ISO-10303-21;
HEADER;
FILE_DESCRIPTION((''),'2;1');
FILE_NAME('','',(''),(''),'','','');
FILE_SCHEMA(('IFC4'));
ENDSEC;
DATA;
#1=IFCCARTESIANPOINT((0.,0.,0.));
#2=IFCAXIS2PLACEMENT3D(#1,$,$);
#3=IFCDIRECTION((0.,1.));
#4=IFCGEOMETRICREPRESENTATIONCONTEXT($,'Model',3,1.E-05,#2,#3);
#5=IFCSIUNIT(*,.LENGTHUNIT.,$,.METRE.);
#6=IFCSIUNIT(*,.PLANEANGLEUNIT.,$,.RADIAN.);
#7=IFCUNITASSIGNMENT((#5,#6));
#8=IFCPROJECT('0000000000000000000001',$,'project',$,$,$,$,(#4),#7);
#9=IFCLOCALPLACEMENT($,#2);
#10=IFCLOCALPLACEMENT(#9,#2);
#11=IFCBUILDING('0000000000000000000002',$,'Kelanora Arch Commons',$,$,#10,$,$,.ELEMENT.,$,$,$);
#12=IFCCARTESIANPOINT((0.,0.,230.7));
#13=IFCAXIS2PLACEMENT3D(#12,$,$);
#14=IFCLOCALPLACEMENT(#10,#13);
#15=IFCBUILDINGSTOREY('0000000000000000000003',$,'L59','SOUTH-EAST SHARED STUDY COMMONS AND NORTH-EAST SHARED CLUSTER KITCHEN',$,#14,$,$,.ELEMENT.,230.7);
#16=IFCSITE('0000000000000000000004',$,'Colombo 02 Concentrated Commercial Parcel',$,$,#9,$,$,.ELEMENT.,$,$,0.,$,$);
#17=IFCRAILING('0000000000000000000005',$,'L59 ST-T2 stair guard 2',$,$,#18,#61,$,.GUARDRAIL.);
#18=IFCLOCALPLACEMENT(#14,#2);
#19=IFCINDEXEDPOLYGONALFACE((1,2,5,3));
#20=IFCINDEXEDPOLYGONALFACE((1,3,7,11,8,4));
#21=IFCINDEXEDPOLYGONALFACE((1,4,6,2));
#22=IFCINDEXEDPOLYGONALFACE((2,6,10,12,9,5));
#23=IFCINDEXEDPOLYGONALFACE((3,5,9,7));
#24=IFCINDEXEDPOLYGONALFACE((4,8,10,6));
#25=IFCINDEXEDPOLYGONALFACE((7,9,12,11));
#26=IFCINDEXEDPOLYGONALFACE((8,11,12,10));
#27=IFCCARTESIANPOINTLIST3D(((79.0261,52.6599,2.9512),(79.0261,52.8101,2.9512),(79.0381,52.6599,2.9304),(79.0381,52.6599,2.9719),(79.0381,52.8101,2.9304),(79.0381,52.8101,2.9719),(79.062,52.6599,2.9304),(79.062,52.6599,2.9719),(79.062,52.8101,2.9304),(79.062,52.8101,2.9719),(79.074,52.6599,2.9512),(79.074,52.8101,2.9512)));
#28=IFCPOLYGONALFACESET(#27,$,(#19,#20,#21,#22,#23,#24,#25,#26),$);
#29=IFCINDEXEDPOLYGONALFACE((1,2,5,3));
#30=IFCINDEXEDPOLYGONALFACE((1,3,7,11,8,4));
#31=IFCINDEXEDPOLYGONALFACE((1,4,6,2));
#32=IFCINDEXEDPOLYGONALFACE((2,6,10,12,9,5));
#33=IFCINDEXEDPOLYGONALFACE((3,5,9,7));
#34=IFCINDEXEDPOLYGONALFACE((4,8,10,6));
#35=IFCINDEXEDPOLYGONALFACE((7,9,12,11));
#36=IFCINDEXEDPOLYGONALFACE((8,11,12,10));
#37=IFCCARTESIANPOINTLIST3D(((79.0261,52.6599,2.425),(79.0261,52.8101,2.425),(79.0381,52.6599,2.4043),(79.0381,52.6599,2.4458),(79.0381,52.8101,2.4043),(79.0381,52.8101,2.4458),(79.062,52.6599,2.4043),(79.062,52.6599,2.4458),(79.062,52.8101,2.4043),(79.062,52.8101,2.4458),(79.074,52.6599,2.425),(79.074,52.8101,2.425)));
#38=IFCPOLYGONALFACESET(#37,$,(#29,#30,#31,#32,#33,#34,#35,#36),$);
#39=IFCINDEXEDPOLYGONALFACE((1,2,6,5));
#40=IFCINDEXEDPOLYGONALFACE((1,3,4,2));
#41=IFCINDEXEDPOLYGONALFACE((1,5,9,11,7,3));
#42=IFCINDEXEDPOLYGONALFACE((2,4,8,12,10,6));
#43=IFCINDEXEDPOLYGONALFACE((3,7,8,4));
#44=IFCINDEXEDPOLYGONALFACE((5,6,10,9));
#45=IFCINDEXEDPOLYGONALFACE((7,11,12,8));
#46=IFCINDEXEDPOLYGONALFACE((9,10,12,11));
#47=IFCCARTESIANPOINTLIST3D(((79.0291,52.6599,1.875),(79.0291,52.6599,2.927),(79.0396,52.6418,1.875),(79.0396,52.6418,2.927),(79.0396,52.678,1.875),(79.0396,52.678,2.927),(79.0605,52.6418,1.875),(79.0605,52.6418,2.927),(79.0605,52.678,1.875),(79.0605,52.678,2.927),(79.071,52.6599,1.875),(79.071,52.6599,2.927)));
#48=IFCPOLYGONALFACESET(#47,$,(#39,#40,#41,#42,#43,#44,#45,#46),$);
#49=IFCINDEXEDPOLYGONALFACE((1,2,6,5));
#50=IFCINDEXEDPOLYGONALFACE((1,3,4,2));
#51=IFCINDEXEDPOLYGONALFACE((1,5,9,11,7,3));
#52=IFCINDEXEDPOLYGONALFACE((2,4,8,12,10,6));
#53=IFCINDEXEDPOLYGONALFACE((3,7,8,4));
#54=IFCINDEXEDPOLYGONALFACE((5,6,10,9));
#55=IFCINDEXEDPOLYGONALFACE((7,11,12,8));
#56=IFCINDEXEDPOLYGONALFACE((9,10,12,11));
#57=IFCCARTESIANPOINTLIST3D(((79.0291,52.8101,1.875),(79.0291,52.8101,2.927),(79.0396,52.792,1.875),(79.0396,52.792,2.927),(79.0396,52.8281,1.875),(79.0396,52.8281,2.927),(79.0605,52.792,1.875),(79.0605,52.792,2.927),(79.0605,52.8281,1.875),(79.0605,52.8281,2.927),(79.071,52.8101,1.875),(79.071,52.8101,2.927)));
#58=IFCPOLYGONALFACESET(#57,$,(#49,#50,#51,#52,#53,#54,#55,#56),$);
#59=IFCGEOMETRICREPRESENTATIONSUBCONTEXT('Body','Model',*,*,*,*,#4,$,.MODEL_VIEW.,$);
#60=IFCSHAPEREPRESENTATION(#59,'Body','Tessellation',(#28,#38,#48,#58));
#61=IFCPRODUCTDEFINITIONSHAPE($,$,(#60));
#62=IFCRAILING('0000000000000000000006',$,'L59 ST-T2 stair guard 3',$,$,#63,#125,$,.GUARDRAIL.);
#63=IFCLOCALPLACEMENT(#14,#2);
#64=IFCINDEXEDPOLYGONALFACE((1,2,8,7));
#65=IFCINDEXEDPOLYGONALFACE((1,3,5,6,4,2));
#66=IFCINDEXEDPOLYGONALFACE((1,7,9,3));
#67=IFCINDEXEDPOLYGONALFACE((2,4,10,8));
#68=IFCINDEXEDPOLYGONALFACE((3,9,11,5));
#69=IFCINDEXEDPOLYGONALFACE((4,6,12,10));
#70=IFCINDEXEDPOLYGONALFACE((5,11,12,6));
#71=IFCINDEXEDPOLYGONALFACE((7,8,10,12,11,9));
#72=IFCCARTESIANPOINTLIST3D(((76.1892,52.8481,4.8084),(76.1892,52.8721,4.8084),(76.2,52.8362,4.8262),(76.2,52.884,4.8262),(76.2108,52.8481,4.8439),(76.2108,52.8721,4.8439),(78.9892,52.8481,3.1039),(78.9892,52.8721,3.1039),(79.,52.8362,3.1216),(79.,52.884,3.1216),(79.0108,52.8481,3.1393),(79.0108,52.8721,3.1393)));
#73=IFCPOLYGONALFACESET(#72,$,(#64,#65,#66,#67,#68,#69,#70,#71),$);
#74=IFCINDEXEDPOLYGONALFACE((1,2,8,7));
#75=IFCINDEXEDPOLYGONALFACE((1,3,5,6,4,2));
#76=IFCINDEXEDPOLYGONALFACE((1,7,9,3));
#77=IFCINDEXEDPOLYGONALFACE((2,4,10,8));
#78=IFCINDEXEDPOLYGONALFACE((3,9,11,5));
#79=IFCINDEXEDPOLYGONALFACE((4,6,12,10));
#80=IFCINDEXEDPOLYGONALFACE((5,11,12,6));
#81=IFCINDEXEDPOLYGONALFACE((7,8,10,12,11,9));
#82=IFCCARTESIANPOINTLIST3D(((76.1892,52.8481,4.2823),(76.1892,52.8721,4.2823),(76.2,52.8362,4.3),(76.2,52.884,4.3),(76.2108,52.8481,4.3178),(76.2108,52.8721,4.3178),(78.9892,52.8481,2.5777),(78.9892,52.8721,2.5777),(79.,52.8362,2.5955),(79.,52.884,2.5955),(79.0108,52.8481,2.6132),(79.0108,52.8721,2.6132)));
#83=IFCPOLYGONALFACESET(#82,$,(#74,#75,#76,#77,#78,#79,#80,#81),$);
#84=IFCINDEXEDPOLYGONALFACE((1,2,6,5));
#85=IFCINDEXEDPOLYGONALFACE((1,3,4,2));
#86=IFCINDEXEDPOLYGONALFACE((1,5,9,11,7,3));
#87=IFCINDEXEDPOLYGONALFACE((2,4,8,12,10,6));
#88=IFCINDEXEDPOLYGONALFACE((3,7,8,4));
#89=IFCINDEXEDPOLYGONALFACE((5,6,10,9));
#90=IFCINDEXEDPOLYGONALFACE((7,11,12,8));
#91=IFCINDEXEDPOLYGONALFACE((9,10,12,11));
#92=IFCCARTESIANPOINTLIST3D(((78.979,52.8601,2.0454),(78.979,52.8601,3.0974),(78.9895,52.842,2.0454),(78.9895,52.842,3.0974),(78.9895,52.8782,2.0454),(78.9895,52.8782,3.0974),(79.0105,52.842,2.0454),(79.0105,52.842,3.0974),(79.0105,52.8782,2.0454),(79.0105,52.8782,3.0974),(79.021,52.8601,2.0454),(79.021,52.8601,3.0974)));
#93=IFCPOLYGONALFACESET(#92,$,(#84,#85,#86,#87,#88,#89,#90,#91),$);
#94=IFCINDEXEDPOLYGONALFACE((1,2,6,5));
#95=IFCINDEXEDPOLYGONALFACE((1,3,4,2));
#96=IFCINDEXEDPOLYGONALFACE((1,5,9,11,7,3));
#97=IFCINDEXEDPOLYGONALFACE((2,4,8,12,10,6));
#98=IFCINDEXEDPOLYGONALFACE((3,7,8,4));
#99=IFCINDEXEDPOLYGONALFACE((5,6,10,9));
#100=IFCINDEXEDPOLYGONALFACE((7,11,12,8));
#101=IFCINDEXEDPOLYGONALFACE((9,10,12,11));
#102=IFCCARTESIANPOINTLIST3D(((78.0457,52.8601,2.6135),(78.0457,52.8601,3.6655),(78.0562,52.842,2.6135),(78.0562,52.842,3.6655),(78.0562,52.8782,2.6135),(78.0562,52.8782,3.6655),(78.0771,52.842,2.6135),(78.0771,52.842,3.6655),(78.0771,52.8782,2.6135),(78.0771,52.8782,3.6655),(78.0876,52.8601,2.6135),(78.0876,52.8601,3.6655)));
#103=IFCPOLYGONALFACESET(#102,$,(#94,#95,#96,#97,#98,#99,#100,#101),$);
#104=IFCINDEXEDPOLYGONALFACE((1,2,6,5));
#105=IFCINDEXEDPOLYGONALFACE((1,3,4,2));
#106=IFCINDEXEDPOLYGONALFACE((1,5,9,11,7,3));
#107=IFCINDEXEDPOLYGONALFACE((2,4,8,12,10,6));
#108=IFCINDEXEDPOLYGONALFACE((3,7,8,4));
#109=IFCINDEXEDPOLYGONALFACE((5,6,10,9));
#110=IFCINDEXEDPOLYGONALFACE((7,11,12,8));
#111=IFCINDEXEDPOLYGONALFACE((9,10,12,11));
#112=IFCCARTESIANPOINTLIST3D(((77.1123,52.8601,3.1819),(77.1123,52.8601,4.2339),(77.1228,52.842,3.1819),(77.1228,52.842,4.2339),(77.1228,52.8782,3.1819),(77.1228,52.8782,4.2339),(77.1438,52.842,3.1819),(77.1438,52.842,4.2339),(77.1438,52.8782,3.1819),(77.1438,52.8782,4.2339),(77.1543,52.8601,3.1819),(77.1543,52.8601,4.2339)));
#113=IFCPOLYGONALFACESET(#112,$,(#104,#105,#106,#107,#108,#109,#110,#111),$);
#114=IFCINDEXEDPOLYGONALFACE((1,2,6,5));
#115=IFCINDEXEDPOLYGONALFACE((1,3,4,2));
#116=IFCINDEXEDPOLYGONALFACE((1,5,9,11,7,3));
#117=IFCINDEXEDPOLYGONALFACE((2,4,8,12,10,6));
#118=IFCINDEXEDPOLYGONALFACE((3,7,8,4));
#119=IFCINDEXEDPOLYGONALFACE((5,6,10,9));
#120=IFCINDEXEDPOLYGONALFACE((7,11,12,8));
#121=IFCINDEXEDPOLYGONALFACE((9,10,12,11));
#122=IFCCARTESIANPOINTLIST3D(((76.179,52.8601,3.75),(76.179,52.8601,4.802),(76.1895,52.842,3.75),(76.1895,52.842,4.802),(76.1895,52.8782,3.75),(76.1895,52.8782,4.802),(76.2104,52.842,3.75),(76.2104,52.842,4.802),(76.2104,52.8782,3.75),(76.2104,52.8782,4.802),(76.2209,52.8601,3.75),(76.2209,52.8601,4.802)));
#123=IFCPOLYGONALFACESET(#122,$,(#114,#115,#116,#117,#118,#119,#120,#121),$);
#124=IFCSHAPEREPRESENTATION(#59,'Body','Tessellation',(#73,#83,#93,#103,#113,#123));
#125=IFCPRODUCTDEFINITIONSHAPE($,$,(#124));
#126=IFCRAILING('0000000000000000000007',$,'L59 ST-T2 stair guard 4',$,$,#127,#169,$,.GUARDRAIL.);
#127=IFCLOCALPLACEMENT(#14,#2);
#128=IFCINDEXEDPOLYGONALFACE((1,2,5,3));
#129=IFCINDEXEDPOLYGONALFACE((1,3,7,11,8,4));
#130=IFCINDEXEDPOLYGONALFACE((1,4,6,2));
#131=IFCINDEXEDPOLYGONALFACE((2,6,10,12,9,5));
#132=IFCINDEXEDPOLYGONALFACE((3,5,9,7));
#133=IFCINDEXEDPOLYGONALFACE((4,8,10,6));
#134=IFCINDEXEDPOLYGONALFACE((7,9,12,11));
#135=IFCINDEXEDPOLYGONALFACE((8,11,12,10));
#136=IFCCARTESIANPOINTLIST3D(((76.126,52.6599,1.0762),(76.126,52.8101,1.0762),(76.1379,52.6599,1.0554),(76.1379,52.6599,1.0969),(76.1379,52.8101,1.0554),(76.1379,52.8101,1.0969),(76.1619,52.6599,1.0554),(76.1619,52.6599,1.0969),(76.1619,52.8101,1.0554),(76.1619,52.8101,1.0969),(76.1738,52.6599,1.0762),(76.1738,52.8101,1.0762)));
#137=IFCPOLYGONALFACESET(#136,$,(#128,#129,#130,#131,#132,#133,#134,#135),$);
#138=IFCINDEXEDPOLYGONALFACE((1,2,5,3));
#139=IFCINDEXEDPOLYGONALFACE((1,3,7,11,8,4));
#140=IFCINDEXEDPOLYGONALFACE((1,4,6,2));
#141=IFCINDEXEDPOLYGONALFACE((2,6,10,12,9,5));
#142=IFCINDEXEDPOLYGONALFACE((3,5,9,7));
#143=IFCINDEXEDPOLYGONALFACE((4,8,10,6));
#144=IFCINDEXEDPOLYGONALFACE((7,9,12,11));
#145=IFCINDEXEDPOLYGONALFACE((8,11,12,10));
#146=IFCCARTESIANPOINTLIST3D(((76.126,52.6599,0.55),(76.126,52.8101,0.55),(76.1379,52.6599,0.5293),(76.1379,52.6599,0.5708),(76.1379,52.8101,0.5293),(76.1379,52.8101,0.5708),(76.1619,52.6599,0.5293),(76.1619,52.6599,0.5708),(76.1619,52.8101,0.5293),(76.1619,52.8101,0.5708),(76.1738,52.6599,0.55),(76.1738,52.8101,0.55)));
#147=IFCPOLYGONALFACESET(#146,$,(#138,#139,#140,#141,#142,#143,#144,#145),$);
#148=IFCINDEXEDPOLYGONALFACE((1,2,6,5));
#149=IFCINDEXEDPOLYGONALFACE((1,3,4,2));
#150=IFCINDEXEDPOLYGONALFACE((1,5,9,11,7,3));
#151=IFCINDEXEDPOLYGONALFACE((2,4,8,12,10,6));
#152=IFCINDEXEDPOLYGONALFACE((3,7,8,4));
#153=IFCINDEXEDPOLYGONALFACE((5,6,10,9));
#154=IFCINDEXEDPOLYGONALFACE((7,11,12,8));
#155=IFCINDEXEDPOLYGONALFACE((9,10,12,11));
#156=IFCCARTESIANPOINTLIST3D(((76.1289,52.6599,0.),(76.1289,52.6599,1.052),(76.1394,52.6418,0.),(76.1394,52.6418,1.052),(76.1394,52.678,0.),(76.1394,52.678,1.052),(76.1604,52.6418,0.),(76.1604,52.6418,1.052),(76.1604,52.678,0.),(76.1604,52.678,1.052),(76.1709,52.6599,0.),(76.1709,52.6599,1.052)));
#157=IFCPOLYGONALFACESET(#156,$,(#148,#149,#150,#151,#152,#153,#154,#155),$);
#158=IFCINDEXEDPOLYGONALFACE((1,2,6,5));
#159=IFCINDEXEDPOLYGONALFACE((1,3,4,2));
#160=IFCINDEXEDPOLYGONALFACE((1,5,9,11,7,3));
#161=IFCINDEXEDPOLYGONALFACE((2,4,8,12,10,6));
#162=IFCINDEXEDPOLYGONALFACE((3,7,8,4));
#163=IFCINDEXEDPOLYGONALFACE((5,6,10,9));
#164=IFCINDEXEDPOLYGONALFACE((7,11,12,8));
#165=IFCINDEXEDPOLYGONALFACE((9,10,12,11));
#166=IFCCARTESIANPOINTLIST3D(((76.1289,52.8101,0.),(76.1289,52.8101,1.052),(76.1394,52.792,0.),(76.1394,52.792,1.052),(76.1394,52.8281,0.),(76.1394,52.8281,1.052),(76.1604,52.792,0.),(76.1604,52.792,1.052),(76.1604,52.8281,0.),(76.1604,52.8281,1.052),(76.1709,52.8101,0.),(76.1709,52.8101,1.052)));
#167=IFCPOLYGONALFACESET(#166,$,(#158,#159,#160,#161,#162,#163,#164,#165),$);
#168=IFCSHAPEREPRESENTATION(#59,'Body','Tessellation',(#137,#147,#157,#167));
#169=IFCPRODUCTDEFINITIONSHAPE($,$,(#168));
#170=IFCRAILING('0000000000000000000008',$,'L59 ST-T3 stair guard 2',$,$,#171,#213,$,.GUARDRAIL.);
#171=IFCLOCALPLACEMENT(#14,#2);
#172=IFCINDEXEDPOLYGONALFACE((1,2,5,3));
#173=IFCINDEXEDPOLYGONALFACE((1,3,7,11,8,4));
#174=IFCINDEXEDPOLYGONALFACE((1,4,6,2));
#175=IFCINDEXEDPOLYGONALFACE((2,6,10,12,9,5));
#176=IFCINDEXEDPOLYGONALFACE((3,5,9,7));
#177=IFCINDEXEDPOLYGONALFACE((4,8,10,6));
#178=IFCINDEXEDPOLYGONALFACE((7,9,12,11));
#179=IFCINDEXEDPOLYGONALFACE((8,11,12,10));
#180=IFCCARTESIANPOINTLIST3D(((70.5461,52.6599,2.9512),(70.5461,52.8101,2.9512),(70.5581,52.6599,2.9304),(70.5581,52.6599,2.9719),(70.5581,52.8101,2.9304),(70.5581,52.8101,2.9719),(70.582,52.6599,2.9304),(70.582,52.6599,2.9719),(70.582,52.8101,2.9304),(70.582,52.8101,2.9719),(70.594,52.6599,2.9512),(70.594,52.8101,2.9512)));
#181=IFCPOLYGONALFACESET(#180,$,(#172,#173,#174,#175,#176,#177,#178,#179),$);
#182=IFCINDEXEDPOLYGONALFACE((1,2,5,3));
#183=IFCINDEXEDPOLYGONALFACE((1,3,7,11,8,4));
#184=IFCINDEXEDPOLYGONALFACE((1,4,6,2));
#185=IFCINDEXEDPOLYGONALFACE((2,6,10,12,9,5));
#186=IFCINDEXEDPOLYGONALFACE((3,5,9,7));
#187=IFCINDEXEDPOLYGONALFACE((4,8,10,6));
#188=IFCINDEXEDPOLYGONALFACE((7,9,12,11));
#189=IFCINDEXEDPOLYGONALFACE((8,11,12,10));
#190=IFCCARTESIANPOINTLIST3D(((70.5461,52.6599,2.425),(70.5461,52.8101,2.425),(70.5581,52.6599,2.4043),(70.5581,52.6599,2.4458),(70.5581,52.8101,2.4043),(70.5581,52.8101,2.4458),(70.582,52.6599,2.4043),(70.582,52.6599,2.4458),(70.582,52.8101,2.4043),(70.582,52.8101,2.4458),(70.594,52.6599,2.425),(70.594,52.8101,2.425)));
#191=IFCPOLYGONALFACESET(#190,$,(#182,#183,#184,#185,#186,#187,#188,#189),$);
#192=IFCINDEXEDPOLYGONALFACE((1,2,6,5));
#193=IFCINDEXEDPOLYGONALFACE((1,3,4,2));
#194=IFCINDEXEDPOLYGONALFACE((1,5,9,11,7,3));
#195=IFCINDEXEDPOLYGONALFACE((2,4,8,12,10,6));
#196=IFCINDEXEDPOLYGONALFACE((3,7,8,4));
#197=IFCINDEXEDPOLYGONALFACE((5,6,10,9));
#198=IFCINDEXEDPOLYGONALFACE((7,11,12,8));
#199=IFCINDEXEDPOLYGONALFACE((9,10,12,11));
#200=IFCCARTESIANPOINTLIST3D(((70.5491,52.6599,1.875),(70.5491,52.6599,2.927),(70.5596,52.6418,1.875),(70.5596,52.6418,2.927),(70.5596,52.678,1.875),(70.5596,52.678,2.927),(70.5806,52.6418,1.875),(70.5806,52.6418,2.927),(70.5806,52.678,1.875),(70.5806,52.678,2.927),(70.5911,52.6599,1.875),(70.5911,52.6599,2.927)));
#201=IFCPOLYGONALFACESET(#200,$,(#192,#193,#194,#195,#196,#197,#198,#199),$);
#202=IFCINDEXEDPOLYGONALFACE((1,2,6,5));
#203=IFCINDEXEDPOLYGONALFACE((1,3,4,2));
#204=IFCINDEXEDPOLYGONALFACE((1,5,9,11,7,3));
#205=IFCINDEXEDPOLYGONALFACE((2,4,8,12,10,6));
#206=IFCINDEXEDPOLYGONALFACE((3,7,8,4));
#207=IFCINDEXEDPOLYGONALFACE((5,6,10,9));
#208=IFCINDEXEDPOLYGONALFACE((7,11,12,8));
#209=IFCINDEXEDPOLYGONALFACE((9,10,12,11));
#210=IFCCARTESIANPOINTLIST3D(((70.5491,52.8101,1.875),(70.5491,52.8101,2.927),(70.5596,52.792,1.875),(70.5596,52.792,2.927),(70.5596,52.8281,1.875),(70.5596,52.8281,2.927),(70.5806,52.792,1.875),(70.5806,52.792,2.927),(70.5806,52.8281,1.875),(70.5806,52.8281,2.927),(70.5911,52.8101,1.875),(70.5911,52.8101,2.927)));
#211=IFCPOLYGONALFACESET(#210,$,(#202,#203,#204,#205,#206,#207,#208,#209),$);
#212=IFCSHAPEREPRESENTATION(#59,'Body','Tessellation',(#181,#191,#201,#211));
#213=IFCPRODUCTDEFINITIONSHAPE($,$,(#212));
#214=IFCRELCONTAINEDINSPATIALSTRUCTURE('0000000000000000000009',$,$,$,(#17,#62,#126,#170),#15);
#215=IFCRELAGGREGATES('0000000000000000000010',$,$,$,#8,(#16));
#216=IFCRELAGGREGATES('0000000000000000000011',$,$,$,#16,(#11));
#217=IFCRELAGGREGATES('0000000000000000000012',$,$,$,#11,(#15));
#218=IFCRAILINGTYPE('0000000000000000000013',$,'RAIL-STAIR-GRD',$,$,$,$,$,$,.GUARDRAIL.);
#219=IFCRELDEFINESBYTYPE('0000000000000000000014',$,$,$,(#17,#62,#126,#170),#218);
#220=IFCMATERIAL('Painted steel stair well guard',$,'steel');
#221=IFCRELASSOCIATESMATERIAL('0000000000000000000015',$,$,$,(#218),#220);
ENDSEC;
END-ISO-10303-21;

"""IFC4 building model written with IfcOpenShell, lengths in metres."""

from ifc_helpers import new_model, si_unit, direction, frame, origin, place, context, subcontext, project, spatial, polyline, outline, extrude, material, type_object, element, save


model = new_model("IFC4")

# Units and contexts
model_context = context("Model", 3, precision=1e-05, world=origin(), true_north=direction((0.0, 1.0)))
body_context = subcontext(model_context, "Body", "Model", "MODEL_VIEW")
ifc_project = project(units=[si_unit("LENGTHUNIT", "METRE"), si_unit("PLANEANGLEUNIT", "RADIAN")], contexts=[model_context])

# Site, building, storey
site_placement = place(None, origin())
site = spatial("IfcSite", under=ifc_project, at=site_placement, Name="Colombo 02 Concentrated Commercial Parcel", CompositionType="ELEMENT", RefElevation=0.0)
building_placement = place(site_placement, origin())
building = spatial("IfcBuilding", under=site, at=building_placement, Name="Kelanora Arch Commons", CompositionType="ELEMENT")
storey_placement = place(building_placement, frame((0.0, 0.0, 230.7)))
storey = spatial("IfcBuildingStorey", under=building, at=storey_placement, Name="L59", Description="SOUTH-EAST SHARED STUDY COMMONS AND NORTH-EAST SHARED CLUSTER KITCHEN", CompositionType="ELEMENT", Elevation=230.7)

# Railings
ifc_material_1 = material(Name="Painted steel stair well guard", Category="steel")
railing_type_1 = type_object("IfcRailingType", Name="RAIL-STAIR-GRD", PredefinedType="GUARDRAIL", material=ifc_material_1)
railing_1_placement = place(storey_placement, frame((79.05, 52.6599, 1.875)))
element("IfcRailing", 1, at=railing_1_placement, inside=storey, type_object=railing_type_1, Name="L59 ST-T2 stair guard 2", PredefinedType="GUARDRAIL", context=body_context, shape_type="SweptSolid", body=[
    extrude(outline(polyline([(0.0239, 0.0), (0.012, 0.0208), (-0.012, 0.0208), (-0.0239, 0.0), (-0.012, -0.0208), (0.012, -0.0208), (0.0239, 0.0)])), frame((0.0, 0.0, 1.0762), z_axis=(0.0, 1.0, 0.0), x_axis=(-1.0, 0.0, 0.0)), (0.0, 0.0, 1.0), 0.1501),
    extrude(outline(polyline([(0.0239, 0.0), (0.012, 0.0208), (-0.012, 0.0208), (-0.0239, 0.0), (-0.012, -0.0208), (0.012, -0.0208), (0.0239, 0.0)])), frame((0.0, 0.0, 0.55), z_axis=(0.0, 1.0, 0.0), x_axis=(-1.0, 0.0, 0.0)), (0.0, 0.0, 1.0), 0.1501),
    extrude(outline(polyline([(0.021, 0.0), (0.0105, 0.0181), (-0.0105, 0.0181), (-0.021, 0.0), (-0.0105, -0.0181), (0.0105, -0.0181), (0.021, 0.0)])), origin(), (0.0, 0.0, 1.0), 1.052),
    extrude(outline(polyline([(0.021, 0.0), (0.0105, 0.0181), (-0.0105, 0.0181), (-0.021, 0.0), (-0.0105, -0.0181), (0.0105, -0.0181), (0.021, 0.0)])), frame((0.0, 0.1501, 0.0)), (0.0, 0.0, 1.0), 1.052),
])
railing_2_placement = place(storey_placement, frame((79.0, 52.8601, 2.0454)))
element("IfcRailing", 2, at=railing_2_placement, inside=storey, type_object=railing_type_1, Name="L59 ST-T2 stair guard 3", PredefinedType="GUARDRAIL", context=body_context, shape_type="SweptSolid", body=[
    extrude(outline(polyline([(0.0239, 0.0), (0.012, 0.0208), (-0.012, 0.0208), (-0.0239, 0.0), (-0.012, -0.0208), (0.012, -0.0208), (0.0239, 0.0)])), frame((0.0, 0.0, 1.0762), z_axis=(-0.85417, 0.0, 0.519994), x_axis=(0.0, -1.0, 0.0)), (0.0, 0.0, 1.0), 3.2781),
    extrude(outline(polyline([(0.0239, 0.0), (0.012, 0.0208), (-0.012, 0.0208), (-0.0239, 0.0), (-0.012, -0.0208), (0.012, -0.0208), (0.0239, 0.0)])), frame((0.0, 0.0, 0.55), z_axis=(-0.85417, 0.0, 0.519994), x_axis=(0.0, -1.0, 0.0)), (0.0, 0.0, 1.0), 3.2781),
    extrude(outline(polyline([(0.021, 0.0), (0.0105, 0.0181), (-0.0105, 0.0181), (-0.021, 0.0), (-0.0105, -0.0181), (0.0105, -0.0181), (0.021, 0.0)])), origin(), (0.0, 0.0, 1.0), 1.052),
    extrude(outline(polyline([(0.021, 0.0), (0.0105, 0.0181), (-0.0105, 0.0181), (-0.021, 0.0), (-0.0105, -0.0181), (0.0105, -0.0181), (0.021, 0.0)])), frame((-0.9333, 0.0, 0.5681)), (0.0, 0.0, 1.0), 1.052),
    extrude(outline(polyline([(0.021, 0.0), (0.0105, 0.0181), (-0.0105, 0.0181), (-0.021, 0.0), (-0.0105, -0.0181), (0.0105, -0.0181), (0.021, 0.0)])), frame((-1.8667, 0.0, 1.1365)), (0.0, 0.0, 1.0), 1.052),
    extrude(outline(polyline([(0.021, 0.0), (0.0105, 0.0181), (-0.0105, 0.0181), (-0.021, 0.0), (-0.0105, -0.0181), (0.0105, -0.0181), (0.021, 0.0)])), frame((-2.8, 0.0, 1.7046)), (0.0, 0.0, 1.0), 1.052),
])
for number, where, name in (
    (3, (76.1499, 52.6599, 0.0), "L59 ST-T2 stair guard 4"),
    (4, (70.5701, 52.6599, 1.875), "L59 ST-T3 stair guard 2"),
):
    element("IfcRailing", number, at=place(storey_placement, frame(where)), inside=storey, type_object=railing_type_1, Name=name, PredefinedType="GUARDRAIL", context=body_context, shape_type="SweptSolid", body=[
        extrude(outline(polyline([(0.0239, 0.0), (0.012, 0.0208), (-0.012, 0.0208), (-0.0239, 0.0), (-0.012, -0.0208), (0.012, -0.0208), (0.0239, 0.0)])), frame((0.0, 0.0, 1.0762), z_axis=(0.0, 1.0, 0.0), x_axis=(-1.0, 0.0, 0.0)), (0.0, 0.0, 1.0), 0.1501),
        extrude(outline(polyline([(0.0239, 0.0), (0.012, 0.0208), (-0.012, 0.0208), (-0.0239, 0.0), (-0.012, -0.0208), (0.012, -0.0208), (0.0239, 0.0)])), frame((0.0, 0.0, 0.55), z_axis=(0.0, 1.0, 0.0), x_axis=(-1.0, 0.0, 0.0)), (0.0, 0.0, 1.0), 0.1501),
        extrude(outline(polyline([(0.021, 0.0), (0.0105, 0.0181), (-0.0105, 0.0181), (-0.021, 0.0), (-0.0105, -0.0181), (0.0105, -0.0181), (0.021, 0.0)])), origin(), (0.0, 0.0, 1.0), 1.052),
        extrude(outline(polyline([(0.021, 0.0), (0.0105, 0.0181), (-0.0105, 0.0181), (-0.021, 0.0), (-0.0105, -0.0181), (0.0105, -0.0181), (0.021, 0.0)])), frame((0.0, 0.1501, 0.0)), (0.0, 0.0, 1.0), 1.052),
    ])

save(model, "model.ifc")
